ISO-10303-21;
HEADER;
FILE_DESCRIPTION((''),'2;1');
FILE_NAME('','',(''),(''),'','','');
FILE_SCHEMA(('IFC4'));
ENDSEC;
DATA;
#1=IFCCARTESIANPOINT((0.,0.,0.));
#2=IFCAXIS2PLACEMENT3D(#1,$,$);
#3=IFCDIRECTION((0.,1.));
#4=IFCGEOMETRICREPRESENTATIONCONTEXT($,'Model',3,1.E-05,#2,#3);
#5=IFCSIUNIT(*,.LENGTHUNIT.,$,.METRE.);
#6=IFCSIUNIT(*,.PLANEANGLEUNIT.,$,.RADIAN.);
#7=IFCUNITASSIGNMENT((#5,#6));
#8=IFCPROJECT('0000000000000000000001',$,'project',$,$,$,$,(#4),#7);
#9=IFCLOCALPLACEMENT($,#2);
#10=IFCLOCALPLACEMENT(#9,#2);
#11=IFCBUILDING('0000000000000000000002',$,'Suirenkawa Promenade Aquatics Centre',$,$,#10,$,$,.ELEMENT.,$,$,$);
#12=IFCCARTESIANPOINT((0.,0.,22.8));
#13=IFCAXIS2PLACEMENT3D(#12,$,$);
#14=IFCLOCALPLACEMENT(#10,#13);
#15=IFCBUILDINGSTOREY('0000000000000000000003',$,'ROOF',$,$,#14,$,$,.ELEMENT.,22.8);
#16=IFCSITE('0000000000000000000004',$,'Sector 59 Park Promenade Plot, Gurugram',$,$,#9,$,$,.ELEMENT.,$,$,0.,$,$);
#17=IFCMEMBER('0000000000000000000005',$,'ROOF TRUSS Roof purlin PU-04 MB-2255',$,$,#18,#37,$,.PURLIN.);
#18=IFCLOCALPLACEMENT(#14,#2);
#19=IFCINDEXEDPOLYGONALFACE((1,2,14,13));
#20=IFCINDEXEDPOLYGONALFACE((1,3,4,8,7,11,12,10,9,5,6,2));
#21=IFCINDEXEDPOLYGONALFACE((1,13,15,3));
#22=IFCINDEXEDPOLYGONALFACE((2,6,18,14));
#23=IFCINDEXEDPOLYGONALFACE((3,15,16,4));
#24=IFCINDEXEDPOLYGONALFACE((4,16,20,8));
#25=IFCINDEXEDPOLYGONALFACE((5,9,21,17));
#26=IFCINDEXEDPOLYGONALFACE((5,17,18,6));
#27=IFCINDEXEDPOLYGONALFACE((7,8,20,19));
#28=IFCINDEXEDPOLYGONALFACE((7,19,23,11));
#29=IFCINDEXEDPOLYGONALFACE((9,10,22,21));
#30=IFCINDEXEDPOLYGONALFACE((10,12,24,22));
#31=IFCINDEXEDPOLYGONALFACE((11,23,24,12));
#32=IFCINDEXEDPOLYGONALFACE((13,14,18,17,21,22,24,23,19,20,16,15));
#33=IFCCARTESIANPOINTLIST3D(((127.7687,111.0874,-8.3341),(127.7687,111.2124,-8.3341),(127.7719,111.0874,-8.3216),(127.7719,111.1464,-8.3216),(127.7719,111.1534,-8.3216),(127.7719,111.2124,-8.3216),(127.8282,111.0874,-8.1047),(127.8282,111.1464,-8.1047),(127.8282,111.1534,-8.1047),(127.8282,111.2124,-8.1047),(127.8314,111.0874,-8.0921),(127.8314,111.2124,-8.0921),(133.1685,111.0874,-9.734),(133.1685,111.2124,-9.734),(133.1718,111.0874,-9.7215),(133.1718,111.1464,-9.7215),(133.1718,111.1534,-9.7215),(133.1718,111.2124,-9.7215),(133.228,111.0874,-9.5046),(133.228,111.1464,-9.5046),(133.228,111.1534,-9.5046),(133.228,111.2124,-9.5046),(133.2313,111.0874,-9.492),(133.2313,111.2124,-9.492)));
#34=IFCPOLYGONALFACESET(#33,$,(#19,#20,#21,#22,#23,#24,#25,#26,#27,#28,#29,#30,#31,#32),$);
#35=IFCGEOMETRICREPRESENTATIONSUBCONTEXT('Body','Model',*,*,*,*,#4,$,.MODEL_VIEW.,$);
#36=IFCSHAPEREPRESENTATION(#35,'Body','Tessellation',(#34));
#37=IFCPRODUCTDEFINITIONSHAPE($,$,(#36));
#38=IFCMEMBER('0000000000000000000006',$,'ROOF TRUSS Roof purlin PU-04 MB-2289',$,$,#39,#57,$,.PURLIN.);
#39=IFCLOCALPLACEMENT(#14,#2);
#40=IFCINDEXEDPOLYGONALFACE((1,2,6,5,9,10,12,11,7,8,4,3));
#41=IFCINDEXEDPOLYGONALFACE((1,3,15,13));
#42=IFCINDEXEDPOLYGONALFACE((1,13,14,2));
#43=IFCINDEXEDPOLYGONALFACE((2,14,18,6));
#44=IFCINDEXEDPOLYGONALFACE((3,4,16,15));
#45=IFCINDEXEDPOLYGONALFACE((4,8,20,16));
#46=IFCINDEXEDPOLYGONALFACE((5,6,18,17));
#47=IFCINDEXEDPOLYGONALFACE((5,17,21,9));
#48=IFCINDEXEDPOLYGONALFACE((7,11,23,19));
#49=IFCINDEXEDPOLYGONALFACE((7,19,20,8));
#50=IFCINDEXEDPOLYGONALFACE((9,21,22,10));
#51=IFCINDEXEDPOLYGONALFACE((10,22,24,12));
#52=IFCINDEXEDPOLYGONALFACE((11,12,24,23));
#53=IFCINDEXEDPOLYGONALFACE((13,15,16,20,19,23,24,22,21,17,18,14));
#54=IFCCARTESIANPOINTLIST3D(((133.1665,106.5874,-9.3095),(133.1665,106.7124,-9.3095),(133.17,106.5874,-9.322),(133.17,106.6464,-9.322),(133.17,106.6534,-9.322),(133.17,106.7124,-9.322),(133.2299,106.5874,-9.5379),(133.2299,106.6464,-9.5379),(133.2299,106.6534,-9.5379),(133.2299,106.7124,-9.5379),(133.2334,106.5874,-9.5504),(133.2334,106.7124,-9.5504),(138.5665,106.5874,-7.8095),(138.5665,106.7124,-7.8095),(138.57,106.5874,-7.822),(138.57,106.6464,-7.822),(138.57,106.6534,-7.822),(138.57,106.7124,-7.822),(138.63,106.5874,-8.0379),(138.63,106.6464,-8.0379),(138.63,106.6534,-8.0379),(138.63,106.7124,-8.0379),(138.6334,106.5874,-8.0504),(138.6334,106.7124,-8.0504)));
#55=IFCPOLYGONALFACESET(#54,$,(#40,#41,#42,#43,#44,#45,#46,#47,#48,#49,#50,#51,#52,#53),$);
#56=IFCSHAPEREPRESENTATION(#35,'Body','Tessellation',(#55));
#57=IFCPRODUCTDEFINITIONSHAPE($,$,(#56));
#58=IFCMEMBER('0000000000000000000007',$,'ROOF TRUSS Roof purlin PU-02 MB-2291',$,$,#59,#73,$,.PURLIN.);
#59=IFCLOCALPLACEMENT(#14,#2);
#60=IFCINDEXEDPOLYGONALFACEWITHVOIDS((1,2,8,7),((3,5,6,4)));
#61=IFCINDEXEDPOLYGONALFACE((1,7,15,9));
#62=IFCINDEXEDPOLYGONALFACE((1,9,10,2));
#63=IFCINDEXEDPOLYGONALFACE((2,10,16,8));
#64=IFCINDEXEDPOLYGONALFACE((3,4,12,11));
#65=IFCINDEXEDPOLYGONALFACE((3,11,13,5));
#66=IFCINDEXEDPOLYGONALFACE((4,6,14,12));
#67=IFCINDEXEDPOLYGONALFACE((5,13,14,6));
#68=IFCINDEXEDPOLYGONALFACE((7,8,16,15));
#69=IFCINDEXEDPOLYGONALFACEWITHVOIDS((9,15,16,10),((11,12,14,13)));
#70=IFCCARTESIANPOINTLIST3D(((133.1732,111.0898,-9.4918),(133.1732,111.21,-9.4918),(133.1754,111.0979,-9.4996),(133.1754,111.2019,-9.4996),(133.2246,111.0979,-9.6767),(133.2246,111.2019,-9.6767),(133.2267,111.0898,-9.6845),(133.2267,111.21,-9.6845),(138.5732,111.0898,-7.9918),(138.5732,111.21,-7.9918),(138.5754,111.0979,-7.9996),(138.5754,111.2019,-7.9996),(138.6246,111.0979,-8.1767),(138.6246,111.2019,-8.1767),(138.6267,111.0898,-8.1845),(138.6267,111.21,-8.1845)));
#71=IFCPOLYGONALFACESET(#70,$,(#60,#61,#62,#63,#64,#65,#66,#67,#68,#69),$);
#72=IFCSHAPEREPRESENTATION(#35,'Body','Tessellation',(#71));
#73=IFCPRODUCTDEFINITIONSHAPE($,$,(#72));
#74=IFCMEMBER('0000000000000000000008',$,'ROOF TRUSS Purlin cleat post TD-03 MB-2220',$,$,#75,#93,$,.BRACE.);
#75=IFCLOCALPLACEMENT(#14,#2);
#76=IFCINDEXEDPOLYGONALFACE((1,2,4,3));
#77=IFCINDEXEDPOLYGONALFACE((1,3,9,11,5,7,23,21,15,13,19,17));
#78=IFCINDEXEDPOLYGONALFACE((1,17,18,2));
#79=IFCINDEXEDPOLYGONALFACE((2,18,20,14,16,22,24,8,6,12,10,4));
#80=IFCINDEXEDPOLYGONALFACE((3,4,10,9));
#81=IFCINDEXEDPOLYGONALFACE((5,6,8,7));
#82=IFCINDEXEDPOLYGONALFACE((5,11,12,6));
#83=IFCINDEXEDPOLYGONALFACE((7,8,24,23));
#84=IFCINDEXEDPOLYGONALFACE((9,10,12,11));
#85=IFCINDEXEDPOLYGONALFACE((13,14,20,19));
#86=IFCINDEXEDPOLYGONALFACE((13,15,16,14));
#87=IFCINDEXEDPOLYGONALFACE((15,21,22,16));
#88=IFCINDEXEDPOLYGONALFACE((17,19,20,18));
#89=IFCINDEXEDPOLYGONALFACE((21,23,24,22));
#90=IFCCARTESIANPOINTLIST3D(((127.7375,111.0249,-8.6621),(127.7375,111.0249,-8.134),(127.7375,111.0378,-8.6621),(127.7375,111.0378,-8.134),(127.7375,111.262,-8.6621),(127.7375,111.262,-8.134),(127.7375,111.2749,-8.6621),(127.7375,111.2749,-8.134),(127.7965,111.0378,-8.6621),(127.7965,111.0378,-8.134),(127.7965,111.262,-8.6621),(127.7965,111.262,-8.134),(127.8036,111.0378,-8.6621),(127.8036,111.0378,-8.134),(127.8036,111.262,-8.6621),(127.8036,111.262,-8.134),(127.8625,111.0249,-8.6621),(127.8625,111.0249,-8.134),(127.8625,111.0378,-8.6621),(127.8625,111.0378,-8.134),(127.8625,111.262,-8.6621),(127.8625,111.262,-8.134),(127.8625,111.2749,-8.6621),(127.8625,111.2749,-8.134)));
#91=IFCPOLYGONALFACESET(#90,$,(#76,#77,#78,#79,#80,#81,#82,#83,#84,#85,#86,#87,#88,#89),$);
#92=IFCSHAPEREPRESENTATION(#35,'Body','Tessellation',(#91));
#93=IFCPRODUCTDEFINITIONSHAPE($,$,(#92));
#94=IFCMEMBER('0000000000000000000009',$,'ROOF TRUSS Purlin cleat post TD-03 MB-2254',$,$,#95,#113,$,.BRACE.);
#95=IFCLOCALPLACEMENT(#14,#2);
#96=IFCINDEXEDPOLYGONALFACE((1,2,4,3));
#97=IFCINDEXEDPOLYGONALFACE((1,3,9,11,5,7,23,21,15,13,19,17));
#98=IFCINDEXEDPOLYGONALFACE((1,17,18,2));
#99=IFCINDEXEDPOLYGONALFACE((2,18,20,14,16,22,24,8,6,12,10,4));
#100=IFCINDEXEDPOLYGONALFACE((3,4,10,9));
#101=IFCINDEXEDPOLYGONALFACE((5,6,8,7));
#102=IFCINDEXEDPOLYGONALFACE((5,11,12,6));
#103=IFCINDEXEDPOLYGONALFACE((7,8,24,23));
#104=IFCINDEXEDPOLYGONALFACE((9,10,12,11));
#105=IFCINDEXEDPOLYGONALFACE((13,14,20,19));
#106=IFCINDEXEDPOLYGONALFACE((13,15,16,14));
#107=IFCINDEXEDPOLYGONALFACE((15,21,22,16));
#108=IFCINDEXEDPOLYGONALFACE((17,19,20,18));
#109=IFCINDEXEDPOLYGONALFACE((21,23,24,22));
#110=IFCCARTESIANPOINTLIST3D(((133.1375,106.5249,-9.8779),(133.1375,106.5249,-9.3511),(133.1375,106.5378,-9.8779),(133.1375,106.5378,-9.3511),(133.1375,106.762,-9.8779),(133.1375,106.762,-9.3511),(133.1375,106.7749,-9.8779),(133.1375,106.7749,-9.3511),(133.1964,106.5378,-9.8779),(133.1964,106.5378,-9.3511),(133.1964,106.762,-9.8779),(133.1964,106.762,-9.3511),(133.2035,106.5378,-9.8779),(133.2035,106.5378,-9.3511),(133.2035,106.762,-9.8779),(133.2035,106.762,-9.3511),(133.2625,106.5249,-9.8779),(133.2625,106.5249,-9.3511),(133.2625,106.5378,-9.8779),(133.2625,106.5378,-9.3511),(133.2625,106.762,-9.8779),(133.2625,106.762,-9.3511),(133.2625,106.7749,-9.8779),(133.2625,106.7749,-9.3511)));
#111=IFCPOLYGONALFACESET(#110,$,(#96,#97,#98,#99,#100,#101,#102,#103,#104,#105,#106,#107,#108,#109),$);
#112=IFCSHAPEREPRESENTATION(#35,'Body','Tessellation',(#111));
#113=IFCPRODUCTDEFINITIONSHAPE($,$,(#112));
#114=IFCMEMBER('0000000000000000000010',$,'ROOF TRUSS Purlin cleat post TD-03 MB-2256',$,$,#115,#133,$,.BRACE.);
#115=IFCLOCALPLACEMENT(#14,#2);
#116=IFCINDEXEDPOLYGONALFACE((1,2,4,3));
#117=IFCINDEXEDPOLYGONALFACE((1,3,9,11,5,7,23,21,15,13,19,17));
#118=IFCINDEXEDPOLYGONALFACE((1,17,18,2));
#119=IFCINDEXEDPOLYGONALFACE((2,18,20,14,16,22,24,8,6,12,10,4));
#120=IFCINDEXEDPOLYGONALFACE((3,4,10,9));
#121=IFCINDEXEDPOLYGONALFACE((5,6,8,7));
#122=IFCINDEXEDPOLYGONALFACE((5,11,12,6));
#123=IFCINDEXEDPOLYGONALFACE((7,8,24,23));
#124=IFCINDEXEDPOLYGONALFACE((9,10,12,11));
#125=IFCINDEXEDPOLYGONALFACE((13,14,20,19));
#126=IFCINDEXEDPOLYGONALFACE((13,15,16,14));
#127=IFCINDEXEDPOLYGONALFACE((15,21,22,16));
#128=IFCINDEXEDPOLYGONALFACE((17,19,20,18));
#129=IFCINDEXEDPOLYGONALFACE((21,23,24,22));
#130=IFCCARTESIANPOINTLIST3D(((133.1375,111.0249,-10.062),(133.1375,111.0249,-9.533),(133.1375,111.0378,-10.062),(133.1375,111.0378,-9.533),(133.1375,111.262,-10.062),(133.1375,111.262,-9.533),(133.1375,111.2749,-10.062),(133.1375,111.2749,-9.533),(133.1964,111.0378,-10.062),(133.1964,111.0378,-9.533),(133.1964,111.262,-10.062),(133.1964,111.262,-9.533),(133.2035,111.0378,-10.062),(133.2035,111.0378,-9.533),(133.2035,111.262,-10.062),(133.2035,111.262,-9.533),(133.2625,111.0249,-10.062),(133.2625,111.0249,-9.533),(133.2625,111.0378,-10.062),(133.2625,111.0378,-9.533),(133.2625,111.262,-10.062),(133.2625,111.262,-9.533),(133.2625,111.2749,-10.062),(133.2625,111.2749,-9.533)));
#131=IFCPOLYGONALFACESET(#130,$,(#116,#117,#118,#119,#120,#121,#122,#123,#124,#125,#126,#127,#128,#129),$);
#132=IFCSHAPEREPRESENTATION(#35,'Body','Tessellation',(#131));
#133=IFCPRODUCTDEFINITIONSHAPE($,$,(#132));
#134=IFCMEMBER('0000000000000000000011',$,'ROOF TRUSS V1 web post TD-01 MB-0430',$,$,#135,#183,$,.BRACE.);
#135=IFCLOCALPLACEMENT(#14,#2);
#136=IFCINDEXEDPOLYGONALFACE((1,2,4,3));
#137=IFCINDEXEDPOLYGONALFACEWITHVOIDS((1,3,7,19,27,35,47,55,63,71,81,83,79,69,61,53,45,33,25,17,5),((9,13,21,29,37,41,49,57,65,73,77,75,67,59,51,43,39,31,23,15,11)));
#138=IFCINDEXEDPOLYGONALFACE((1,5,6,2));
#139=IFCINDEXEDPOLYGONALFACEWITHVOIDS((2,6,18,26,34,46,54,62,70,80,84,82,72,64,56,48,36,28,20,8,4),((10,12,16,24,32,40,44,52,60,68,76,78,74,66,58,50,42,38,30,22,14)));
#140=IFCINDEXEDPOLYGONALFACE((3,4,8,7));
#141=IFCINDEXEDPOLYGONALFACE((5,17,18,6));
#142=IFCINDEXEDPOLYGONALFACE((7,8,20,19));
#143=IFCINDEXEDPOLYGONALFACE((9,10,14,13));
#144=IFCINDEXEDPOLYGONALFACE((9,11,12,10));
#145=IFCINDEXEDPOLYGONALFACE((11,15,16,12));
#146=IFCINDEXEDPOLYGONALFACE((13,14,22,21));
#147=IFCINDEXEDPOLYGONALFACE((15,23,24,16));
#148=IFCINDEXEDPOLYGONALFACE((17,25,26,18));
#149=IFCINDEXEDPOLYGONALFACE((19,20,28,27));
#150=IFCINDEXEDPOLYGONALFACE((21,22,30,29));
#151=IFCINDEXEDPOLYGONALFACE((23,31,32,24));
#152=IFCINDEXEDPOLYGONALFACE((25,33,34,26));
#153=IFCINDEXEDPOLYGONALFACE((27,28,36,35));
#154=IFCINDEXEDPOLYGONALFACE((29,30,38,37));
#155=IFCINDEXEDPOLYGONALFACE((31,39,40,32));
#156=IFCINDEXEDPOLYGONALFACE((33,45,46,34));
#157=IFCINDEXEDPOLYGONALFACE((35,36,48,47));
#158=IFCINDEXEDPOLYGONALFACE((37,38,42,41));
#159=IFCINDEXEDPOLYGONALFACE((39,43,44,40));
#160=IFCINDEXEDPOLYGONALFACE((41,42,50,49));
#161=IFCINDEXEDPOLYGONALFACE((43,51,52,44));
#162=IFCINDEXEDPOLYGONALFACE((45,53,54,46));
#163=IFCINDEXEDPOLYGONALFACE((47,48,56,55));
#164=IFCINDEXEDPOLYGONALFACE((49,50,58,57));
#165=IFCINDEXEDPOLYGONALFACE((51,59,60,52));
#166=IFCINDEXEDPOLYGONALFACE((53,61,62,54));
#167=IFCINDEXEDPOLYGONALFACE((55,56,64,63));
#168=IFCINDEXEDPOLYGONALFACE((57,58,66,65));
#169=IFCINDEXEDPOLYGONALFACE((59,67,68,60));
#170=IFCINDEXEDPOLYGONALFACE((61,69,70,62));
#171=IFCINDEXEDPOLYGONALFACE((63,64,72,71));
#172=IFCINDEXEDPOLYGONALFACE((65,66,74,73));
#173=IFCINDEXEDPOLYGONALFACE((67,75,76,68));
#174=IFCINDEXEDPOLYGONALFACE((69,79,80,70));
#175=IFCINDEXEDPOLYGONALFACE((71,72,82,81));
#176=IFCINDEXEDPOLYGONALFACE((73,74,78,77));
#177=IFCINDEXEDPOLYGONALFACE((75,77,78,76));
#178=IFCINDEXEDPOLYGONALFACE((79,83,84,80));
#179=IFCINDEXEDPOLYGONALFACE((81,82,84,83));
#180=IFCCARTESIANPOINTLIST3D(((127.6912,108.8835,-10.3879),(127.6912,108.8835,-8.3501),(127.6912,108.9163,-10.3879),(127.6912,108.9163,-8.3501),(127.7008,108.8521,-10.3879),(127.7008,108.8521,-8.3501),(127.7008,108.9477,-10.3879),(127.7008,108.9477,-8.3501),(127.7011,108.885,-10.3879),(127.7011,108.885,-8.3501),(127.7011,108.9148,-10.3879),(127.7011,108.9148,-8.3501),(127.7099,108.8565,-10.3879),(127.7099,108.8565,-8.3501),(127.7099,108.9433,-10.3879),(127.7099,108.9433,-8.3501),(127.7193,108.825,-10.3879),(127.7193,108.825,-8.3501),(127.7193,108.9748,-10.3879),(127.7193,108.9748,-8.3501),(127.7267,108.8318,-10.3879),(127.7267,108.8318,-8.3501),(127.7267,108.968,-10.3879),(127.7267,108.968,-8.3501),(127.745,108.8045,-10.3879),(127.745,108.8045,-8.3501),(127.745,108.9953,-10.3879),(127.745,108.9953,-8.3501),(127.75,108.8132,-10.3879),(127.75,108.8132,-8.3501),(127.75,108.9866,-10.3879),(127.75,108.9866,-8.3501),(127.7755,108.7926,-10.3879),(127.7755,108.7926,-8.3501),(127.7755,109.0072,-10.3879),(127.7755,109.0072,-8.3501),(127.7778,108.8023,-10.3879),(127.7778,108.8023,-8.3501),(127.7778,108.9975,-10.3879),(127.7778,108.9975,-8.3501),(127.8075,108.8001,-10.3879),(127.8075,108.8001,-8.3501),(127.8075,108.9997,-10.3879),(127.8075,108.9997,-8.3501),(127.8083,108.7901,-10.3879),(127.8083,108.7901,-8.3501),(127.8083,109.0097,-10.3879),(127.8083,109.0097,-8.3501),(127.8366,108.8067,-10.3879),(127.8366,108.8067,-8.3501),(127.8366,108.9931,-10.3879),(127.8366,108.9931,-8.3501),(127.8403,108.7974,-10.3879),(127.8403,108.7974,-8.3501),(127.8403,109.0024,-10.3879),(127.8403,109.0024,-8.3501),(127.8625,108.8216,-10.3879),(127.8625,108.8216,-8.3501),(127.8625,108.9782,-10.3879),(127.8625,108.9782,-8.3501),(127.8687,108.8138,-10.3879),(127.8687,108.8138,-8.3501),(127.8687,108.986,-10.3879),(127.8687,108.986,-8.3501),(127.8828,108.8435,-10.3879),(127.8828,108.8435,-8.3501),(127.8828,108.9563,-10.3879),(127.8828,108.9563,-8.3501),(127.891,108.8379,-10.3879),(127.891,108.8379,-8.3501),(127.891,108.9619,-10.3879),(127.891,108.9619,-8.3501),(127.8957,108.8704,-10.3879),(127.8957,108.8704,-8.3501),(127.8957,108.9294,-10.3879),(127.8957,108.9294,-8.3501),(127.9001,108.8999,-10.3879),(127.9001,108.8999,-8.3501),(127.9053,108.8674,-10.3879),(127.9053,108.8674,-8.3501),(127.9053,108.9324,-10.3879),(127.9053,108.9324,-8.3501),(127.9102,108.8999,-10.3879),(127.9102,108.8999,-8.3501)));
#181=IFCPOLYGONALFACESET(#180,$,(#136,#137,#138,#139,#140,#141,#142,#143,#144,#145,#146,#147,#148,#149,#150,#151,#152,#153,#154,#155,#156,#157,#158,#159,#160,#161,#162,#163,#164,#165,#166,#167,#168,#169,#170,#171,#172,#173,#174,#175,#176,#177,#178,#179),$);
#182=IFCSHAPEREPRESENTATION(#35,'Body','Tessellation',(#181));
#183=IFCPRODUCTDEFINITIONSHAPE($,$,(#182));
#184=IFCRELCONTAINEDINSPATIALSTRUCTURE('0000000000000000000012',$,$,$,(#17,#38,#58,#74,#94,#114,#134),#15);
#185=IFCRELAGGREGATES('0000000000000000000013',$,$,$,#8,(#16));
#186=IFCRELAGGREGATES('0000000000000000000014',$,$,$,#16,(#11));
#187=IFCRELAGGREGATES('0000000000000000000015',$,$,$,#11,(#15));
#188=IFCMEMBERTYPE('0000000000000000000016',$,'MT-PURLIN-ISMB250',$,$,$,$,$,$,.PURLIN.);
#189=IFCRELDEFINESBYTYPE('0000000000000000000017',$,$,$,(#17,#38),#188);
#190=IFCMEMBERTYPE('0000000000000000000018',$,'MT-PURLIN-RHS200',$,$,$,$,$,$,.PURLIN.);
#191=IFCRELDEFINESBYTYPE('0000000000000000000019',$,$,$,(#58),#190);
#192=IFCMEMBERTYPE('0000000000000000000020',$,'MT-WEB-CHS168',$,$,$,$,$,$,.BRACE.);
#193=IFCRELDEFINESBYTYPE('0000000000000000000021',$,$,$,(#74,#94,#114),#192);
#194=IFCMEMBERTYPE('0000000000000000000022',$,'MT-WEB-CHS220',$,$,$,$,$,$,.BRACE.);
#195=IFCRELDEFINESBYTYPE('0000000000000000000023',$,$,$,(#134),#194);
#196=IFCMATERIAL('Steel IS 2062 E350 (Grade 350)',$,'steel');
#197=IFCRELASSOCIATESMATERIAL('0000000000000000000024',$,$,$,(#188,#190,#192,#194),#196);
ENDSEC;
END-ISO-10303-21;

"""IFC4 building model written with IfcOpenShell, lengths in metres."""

from ifc_helpers import new_model, si_unit, direction, frame, origin, origin_2d, place, context, subcontext, project, spatial, hollow_rectangle, hollow_circle, i_section, extrude, material, material_profile, profile_set, type_object, element, save


model = new_model("IFC4")

# Units and contexts
model_context = context("Model", 3, precision=1e-05, world=origin(), true_north=direction((0.0, 1.0)))
body_context = subcontext(model_context, "Body", "Model", "MODEL_VIEW")
ifc_project = project(units=[si_unit("LENGTHUNIT", "METRE"), si_unit("PLANEANGLEUNIT", "RADIAN")], contexts=[model_context])

# Site, building, storey
site_placement = place(None, origin())
site = spatial("IfcSite", under=ifc_project, at=site_placement, Name="Sector 59 Park Promenade Plot, Gurugram", CompositionType="ELEMENT", RefElevation=0.0)
building_placement = place(site_placement, origin())
building = spatial("IfcBuilding", under=site, at=building_placement, Name="Suirenkawa Promenade Aquatics Centre", CompositionType="ELEMENT")
storey_placement = place(building_placement, frame((0.0, 0.0, 22.8)))
storey = spatial("IfcBuildingStorey", under=building, at=storey_placement, Name="ROOF", CompositionType="ELEMENT", Elevation=22.8)

# Shared definitions
ifc_material = material(Name="Steel IS 2062 E350 (Grade 350)", Category="steel")

# Members
ifc_material_profile_1 = material_profile(ifc_material, i_section(OverallWidth=0.125, OverallDepth=0.25, WebThickness=0.0071, FlangeThickness=0.0129, at=origin_2d()), Name="ISMB 250", Category="steel")
ifc_profile_set_1 = profile_set([ifc_material_profile_1], Name="Steel IS 2062 E350 (Grade 350)")
member_type_1 = type_object("IfcMemberType", Name="MT-PURLIN-ISMB250", PredefinedType="PURLIN", material=ifc_profile_set_1)
member_1_placement = place(storey_placement, frame((127.8, 111.1499, -8.2131), z_axis=(0.968, 0.0, -0.25095), x_axis=(0.0, 1.0, 0.0)))
element("IfcMember", 1, at=member_1_placement, inside=storey, type_object=member_type_1, Name="ROOF TRUSS Roof purlin PU-04 MB-2255", PredefinedType="PURLIN", context=body_context, shape_type="SweptSolid", body=[
    extrude(i_section(OverallWidth=0.125, OverallDepth=0.25, WebThickness=0.0071, FlangeThickness=0.0129, at=origin_2d()), origin(), (0.0, 0.0, 1.0), 5.5784),
])
member_2_placement = place(storey_placement, frame((133.2, 106.6499, -9.4299), z_axis=(0.96352, 0.0, 0.267637), x_axis=(0.0, 1.0, 0.0)))
element("IfcMember", 2, at=member_2_placement, inside=storey, type_object=member_type_1, Name="ROOF TRUSS Roof purlin PU-04 MB-2289", PredefinedType="PURLIN", context=body_context, shape_type="SweptSolid", body=[
    extrude(i_section(OverallWidth=0.125, OverallDepth=0.25, WebThickness=0.0071, FlangeThickness=0.0129, at=origin_2d()), origin(), (0.0, 0.0, 1.0), 5.6045),
])
ifc_material_profile_2 = material_profile(ifc_material, hollow_rectangle(XDim=0.1201, YDim=0.2, WallThickness=0.0081, at=origin_2d()), Name="RHS 200x120x8", Category="steel")
ifc_profile_set_2 = profile_set([ifc_material_profile_2], Name="Steel IS 2062 E350 (Grade 350)")
member_type_2 = type_object("IfcMemberType", Name="MT-PURLIN-RHS200", PredefinedType="PURLIN", material=ifc_profile_set_2)
member_3_placement = place(storey_placement, frame((133.2, 111.1499, -9.5881), z_axis=(0.96352, 0.0, 0.267637), x_axis=(0.0, 1.0, 0.0)))
element("IfcMember", 3, at=member_3_placement, inside=storey, type_object=member_type_2, Name="ROOF TRUSS Roof purlin PU-02 MB-2291", PredefinedType="PURLIN", context=body_context, shape_type="SweptSolid", body=[
    extrude(hollow_rectangle(XDim=0.1201, YDim=0.2, WallThickness=0.0081, at=origin_2d()), origin(), (0.0, 0.0, 1.0), 5.6045),
])
ifc_material_profile_3 = material_profile(ifc_material, i_section(OverallWidth=0.125, OverallDepth=0.25, WebThickness=0.0071, FlangeThickness=0.0129, at=origin_2d()), Name="ISMB 250", Category="steel")
ifc_profile_set_3 = profile_set([ifc_material_profile_3], Name="Steel IS 2062 E350 (Grade 350)")
member_type_3 = type_object("IfcMemberType", Name="MT-WEB-CHS168", PredefinedType="BRACE", material=ifc_profile_set_3)
member_4_placement = place(storey_placement, frame((127.8, 111.1499, -8.6621), z_axis=(0.0, 0.0, 1.0), x_axis=(1.0, 0.0, 0.0)))
element("IfcMember", 4, at=member_4_placement, inside=storey, type_object=member_type_3, Name="ROOF TRUSS Purlin cleat post TD-03 MB-2220", PredefinedType="BRACE", context=body_context, shape_type="SweptSolid", body=[
    extrude(i_section(OverallWidth=0.125, OverallDepth=0.25, WebThickness=0.0071, FlangeThickness=0.0129, at=origin_2d()), origin(), (0.0, 0.0, 1.0), 0.5281),
])
member_5_placement = place(storey_placement, frame((133.2, 106.6499, -9.8779), z_axis=(0.0, 0.0, 1.0), x_axis=(1.0, 0.0, 0.0)))
element("IfcMember", 5, at=member_5_placement, inside=storey, type_object=member_type_3, Name="ROOF TRUSS Purlin cleat post TD-03 MB-2254", PredefinedType="BRACE", context=body_context, shape_type="SweptSolid", body=[
    extrude(i_section(OverallWidth=0.125, OverallDepth=0.25, WebThickness=0.0071, FlangeThickness=0.0129, at=origin_2d()), origin(), (0.0, 0.0, 1.0), 0.5269),
])
member_6_placement = place(storey_placement, frame((133.2, 111.1499, -10.062), z_axis=(0.0, 0.0, 1.0), x_axis=(1.0, 0.0, 0.0)))
element("IfcMember", 6, at=member_6_placement, inside=storey, type_object=member_type_3, Name="ROOF TRUSS Purlin cleat post TD-03 MB-2256", PredefinedType="BRACE", context=body_context, shape_type="SweptSolid", body=[
    extrude(i_section(OverallWidth=0.125, OverallDepth=0.25, WebThickness=0.0071, FlangeThickness=0.0129, at=origin_2d()), origin(), (0.0, 0.0, 1.0), 0.5291),
])
ifc_material_profile_4 = material_profile(ifc_material, hollow_circle(Radius=0.1101, WallThickness=0.01, at=origin_2d()), Name="CHS 220x10", Category="steel")
ifc_profile_set_4 = profile_set([ifc_material_profile_4], Name="Steel IS 2062 E350 (Grade 350)")
member_type_4 = type_object("IfcMemberType", Name="MT-WEB-CHS220", PredefinedType="BRACE", material=ifc_profile_set_4)
member_7_placement = place(storey_placement, frame((127.8, 108.8999, -10.3879), z_axis=(0.0, 0.0, 1.0), x_axis=(1.0, 0.0, 0.0)))
element("IfcMember", 7, at=member_7_placement, inside=storey, type_object=member_type_4, Name="ROOF TRUSS V1 web post TD-01 MB-0430", PredefinedType="BRACE", context=body_context, shape_type="SweptSolid", body=[
    extrude(hollow_circle(Radius=0.1101, WallThickness=0.01, at=origin_2d()), origin(), (0.0, 0.0, 1.0), 2.0378),
])

save(model, "model.ifc")
